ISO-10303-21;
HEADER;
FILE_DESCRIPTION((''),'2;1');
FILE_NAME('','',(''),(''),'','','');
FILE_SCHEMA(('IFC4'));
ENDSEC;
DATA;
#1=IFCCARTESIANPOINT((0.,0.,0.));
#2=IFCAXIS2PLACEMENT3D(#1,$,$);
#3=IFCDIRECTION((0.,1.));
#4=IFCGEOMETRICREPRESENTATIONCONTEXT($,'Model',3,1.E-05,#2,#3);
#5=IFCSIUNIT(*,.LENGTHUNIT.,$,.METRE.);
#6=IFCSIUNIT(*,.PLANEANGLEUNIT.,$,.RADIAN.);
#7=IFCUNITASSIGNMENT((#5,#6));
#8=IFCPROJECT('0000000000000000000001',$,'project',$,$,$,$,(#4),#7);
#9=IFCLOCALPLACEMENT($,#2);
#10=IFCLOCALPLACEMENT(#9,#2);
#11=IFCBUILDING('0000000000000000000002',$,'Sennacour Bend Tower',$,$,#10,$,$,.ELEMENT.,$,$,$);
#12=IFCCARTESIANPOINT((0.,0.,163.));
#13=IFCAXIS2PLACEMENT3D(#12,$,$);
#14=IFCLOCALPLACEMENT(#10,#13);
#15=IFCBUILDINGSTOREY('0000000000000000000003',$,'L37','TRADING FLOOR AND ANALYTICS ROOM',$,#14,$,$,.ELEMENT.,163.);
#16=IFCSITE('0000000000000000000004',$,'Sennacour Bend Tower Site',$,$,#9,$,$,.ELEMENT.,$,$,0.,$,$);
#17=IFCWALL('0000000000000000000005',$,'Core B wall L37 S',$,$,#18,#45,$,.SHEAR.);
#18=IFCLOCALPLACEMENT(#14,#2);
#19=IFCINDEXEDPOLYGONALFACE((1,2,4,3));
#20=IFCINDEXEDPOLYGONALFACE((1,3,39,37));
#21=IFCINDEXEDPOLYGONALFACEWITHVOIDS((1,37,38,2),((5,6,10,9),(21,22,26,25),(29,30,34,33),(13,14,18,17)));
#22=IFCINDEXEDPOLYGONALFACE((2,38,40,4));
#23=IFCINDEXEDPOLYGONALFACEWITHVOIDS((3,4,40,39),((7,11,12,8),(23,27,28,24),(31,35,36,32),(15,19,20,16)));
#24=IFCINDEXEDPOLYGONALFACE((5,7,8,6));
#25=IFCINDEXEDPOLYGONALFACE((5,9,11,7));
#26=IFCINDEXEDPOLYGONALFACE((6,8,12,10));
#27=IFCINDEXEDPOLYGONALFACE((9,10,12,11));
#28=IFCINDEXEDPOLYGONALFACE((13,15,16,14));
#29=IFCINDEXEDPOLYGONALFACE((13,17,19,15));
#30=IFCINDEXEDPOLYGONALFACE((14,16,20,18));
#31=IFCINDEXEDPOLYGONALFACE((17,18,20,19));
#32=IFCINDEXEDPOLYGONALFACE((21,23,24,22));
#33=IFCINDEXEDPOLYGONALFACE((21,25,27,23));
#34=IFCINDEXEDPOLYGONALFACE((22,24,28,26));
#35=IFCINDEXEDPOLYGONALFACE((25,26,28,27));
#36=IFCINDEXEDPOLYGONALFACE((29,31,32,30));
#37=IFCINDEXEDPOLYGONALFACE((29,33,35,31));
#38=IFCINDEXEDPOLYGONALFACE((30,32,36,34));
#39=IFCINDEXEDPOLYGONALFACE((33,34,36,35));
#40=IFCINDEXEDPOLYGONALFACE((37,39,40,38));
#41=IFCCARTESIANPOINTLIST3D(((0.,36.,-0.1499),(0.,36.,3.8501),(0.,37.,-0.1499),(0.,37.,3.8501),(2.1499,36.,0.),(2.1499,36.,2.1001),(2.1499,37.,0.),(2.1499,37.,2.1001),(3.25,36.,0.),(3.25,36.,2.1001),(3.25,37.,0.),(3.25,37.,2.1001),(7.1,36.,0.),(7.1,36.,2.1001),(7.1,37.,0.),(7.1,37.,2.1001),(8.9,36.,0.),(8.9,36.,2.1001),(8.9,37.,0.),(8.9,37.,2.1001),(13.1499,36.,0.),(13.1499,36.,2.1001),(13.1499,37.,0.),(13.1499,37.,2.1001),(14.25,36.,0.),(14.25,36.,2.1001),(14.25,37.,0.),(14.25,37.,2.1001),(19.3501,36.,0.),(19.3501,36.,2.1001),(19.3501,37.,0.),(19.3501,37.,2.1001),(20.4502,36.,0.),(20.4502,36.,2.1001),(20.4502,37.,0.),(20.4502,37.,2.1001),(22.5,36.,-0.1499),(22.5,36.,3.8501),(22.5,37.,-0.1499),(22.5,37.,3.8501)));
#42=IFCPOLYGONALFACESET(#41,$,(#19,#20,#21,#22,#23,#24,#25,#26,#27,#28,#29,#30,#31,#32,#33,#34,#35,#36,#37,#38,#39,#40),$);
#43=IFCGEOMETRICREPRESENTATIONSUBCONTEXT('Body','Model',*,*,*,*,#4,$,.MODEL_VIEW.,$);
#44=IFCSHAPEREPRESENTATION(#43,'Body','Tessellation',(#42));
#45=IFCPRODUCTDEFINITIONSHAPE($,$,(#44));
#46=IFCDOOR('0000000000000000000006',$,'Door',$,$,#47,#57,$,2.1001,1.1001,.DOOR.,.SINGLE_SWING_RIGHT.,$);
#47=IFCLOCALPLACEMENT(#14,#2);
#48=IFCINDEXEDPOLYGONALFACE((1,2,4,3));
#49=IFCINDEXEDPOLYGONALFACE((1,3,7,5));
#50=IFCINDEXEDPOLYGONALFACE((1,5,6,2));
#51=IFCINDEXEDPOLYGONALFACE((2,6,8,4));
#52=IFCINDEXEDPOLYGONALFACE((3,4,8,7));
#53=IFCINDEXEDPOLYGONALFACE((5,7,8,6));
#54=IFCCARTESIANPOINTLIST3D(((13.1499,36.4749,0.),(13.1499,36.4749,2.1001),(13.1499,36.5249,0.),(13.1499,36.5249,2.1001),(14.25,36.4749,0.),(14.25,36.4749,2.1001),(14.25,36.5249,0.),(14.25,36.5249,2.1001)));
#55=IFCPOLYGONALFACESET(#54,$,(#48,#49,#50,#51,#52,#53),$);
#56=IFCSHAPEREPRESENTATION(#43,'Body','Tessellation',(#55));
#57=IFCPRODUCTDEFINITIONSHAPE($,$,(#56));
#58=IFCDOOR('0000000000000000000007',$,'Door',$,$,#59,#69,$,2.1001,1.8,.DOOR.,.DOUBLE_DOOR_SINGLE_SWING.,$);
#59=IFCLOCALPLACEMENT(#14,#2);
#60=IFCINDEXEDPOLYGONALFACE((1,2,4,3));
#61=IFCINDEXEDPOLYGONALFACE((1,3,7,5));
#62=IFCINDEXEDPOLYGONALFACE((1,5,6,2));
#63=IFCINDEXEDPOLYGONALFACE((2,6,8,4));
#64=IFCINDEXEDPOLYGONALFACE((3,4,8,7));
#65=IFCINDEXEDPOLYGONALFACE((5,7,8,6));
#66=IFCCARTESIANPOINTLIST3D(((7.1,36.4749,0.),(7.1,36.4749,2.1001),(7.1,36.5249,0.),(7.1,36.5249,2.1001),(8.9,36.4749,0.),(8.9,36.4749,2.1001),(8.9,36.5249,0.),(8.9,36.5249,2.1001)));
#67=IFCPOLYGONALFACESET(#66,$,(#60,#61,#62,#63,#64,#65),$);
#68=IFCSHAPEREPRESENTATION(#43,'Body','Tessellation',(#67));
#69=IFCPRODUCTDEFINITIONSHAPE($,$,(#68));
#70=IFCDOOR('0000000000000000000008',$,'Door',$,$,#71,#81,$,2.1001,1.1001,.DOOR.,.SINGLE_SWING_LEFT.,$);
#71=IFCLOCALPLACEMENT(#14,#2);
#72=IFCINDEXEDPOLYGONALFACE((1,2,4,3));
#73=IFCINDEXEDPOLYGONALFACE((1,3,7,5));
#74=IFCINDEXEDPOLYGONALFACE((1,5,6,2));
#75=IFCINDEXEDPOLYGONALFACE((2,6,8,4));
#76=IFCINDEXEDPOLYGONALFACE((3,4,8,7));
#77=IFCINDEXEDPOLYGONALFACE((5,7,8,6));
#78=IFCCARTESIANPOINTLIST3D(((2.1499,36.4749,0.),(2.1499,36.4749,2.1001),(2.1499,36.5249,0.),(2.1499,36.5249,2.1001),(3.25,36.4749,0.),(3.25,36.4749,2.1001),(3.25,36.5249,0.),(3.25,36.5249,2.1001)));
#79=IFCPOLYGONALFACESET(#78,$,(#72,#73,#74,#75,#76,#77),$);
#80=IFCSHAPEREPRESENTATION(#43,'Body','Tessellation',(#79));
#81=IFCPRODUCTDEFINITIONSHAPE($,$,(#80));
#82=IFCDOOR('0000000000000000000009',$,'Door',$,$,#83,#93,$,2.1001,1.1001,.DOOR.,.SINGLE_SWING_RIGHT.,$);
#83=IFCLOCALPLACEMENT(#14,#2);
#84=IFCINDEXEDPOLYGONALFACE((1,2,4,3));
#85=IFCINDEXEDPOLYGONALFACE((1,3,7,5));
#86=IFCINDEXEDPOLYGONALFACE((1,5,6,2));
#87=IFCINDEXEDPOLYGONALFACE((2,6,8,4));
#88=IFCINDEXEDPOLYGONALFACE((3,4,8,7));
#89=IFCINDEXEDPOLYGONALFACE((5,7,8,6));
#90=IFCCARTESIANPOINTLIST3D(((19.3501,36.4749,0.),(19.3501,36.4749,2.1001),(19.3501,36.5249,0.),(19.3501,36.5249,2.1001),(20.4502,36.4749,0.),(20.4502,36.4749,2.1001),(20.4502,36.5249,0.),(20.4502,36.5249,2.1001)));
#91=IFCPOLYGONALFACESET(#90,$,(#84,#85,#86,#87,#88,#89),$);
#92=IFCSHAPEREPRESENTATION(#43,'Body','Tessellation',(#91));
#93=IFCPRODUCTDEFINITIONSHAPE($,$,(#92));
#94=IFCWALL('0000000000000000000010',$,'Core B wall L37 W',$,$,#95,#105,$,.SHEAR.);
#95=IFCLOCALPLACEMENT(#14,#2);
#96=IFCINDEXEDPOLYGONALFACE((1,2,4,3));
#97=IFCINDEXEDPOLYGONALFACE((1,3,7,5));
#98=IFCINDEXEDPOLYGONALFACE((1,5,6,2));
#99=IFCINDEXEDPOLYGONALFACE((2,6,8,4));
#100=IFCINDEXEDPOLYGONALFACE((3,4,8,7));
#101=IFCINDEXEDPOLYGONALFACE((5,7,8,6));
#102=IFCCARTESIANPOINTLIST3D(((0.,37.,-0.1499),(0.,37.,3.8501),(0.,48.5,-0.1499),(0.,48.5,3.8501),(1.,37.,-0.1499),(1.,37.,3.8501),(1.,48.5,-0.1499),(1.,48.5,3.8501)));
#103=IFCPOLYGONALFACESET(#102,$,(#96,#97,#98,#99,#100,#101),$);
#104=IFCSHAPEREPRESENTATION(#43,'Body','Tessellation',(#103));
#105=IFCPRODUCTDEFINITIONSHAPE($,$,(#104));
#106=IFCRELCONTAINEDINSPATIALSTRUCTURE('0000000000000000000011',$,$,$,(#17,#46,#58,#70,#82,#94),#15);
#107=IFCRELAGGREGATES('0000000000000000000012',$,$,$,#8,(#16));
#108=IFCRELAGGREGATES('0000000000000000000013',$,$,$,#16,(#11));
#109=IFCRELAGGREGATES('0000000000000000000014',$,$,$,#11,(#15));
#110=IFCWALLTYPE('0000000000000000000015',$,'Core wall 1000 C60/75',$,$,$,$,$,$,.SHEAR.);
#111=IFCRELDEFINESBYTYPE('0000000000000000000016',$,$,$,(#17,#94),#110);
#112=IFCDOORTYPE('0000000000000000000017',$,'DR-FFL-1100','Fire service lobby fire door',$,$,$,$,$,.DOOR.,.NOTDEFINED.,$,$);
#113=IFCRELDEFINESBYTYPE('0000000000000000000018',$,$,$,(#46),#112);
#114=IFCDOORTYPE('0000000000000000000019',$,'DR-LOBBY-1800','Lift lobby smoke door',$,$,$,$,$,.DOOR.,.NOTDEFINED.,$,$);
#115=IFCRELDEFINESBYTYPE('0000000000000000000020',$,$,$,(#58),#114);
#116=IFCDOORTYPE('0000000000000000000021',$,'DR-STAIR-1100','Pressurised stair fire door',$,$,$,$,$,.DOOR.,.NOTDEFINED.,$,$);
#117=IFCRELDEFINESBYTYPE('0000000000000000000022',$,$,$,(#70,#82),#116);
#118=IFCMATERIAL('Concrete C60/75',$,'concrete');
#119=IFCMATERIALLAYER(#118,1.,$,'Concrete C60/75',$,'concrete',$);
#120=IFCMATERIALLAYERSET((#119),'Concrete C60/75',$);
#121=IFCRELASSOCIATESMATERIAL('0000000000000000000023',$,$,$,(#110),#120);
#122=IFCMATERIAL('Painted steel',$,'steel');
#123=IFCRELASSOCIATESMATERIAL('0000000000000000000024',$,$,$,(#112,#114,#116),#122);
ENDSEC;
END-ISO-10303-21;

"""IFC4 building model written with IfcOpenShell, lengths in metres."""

from ifc_helpers import new_model, si_unit, direction, frame, frame_2d, origin, place, context, subcontext, project, spatial, rectangle, extrude, material, layer, layer_set, type_object, element, fill, save


model = new_model("IFC4")

# Units and contexts
model_context = context("Model", 3, precision=1e-05, world=origin(), true_north=direction((0.0, 1.0)))
body_context = subcontext(model_context, "Body", "Model", "MODEL_VIEW")
ifc_project = project(units=[si_unit("LENGTHUNIT", "METRE"), si_unit("PLANEANGLEUNIT", "RADIAN")], contexts=[model_context])

# Site, building, storey
site_placement = place(None, origin())
site = spatial("IfcSite", under=ifc_project, at=site_placement, Name="Sennacour Bend Tower Site", CompositionType="ELEMENT", RefElevation=0.0)
building_placement = place(site_placement, origin())
building = spatial("IfcBuilding", under=site, at=building_placement, Name="Sennacour Bend Tower", CompositionType="ELEMENT")
storey_placement = place(building_placement, frame((0.0, 0.0, 163.0)))
storey = spatial("IfcBuildingStorey", under=building, at=storey_placement, Name="L37", Description="TRADING FLOOR AND ANALYTICS ROOM", CompositionType="ELEMENT", Elevation=163.0)

# Wall, openings, doors
ifc_material_1 = material(Name="Concrete C60/75", Category="concrete")
ifc_layer_1 = layer(ifc_material_1, 1.0, Name="Concrete C60/75", Category="concrete")
ifc_layer_set_1 = layer_set([ifc_layer_1], Name="Concrete C60/75")
wall_type_1 = type_object("IfcWallType", Name="Core wall 1000 C60/75", PredefinedType="SHEAR", material=ifc_layer_set_1)
wall_1_placement = place(storey_placement, frame((0.0, 36.5, -0.1499), z_axis=(0.0, 0.0, 1.0), x_axis=(1.0, 0.0, 0.0)))
wall_1 = element("IfcWall", 1, at=wall_1_placement, inside=storey, type_object=wall_type_1, Name="Core B wall L37 S", PredefinedType="SHEAR", context=body_context, shape_type="SweptSolid", body=[
    extrude(rectangle(XDim=22.5, YDim=1.0, at=frame_2d((11.25, 0.0))), origin(), (0.0, 0.0, 1.0), 4.0),
])
opening_1_placement = place(wall_1_placement, frame((7.1001, 0.0, 0.1499)))
opening_1 = element("IfcOpeningElement", 2, at=opening_1_placement, cuts=wall_1, PredefinedType="OPENING", context=body_context, shape_type="SweptSolid", body=[
    extrude(rectangle(XDim=1.8, YDim=2.1001, at=frame_2d((0.8999, 1.05))), frame((0.0, 0.51, 0.0), z_axis=(0.0, -1.0, 0.0), x_axis=(1.0, 0.0, 0.0)), (0.0, 0.0, 1.0), 1.02),
])
opening_2_placement = place(wall_1_placement, frame((13.1499, 0.0, 0.1499)))
opening_2 = element("IfcOpeningElement", 3, at=opening_2_placement, cuts=wall_1, PredefinedType="OPENING", context=body_context, shape_type="SweptSolid", body=[
    extrude(rectangle(XDim=1.1001, YDim=2.1001, at=frame_2d((0.55, 1.05))), frame((0.0, 0.51, 0.0), z_axis=(0.0, -1.0, 0.0), x_axis=(1.0, 0.0, 0.0)), (0.0, 0.0, 1.0), 1.02),
])
opening_3_placement = place(wall_1_placement, frame((2.1499, 0.0, 0.1499)))
opening_3 = element("IfcOpeningElement", 4, at=opening_3_placement, cuts=wall_1, PredefinedType="OPENING", context=body_context, shape_type="SweptSolid", body=[
    extrude(rectangle(XDim=1.1001, YDim=2.1001, at=frame_2d((0.55, 1.05))), frame((0.0, 0.51, 0.0), z_axis=(0.0, -1.0, 0.0), x_axis=(1.0, 0.0, 0.0)), (0.0, 0.0, 1.0), 1.02),
])
opening_4_placement = place(wall_1_placement, frame((19.3501, 0.0, 0.1499)))
opening_4 = element("IfcOpeningElement", 5, at=opening_4_placement, cuts=wall_1, PredefinedType="OPENING", context=body_context, shape_type="SweptSolid", body=[
    extrude(rectangle(XDim=1.1001, YDim=2.1001, at=frame_2d((0.55, 1.05))), frame((0.0, 0.51, 0.0), z_axis=(0.0, -1.0, 0.0), x_axis=(1.0, 0.0, 0.0)), (0.0, 0.0, 1.0), 1.02),
])
ifc_material_2 = material(Name="Painted steel", Category="steel")
door_type_1 = type_object("IfcDoorType", Name="DR-FFL-1100", Description="Fire service lobby fire door", OperationType="NOTDEFINED", PredefinedType="DOOR", material=ifc_material_2)
door_1_placement = place(opening_2_placement, origin())
door_1 = element("IfcDoor", 6, at=door_1_placement, inside=storey, type_object=door_type_1, Name="Door", OperationType="SINGLE_SWING_RIGHT", OverallHeight=2.1001, OverallWidth=1.1001, PredefinedType="DOOR", context=body_context, shape_type="SweptSolid", body=[
    extrude(rectangle(XDim=1.1001, YDim=2.1001, at=frame_2d((0.55, 1.05))), frame((0.0, 0.0249, 0.0), z_axis=(0.0, -1.0, 0.0), x_axis=(1.0, 0.0, 0.0)), (0.0, 0.0, 1.0), 0.05),
])
fill(opening_2, door_1)
door_type_2 = type_object("IfcDoorType", Name="DR-LOBBY-1800", Description="Lift lobby smoke door", OperationType="NOTDEFINED", PredefinedType="DOOR", material=ifc_material_2)
door_2_placement = place(opening_1_placement, origin())
door_2 = element("IfcDoor", 7, at=door_2_placement, inside=storey, type_object=door_type_2, Name="Door", OperationType="DOUBLE_DOOR_SINGLE_SWING", OverallHeight=2.1001, OverallWidth=1.8, PredefinedType="DOOR", context=body_context, shape_type="SweptSolid", body=[
    extrude(rectangle(XDim=1.8, YDim=2.1001, at=frame_2d((0.8999, 1.05))), frame((0.0, 0.0249, 0.0), z_axis=(0.0, -1.0, 0.0), x_axis=(1.0, 0.0, 0.0)), (0.0, 0.0, 1.0), 0.05),
])
fill(opening_1, door_2)
door_type_3 = type_object("IfcDoorType", Name="DR-STAIR-1100", Description="Pressurised stair fire door", OperationType="NOTDEFINED", PredefinedType="DOOR", material=ifc_material_2)
door_3_placement = place(opening_3_placement, origin())
door_3 = element("IfcDoor", 8, at=door_3_placement, inside=storey, type_object=door_type_3, Name="Door", OperationType="SINGLE_SWING_LEFT", OverallHeight=2.1001, OverallWidth=1.1001, PredefinedType="DOOR", context=body_context, shape_type="SweptSolid", body=[
    extrude(rectangle(XDim=1.1001, YDim=2.1001, at=frame_2d((0.55, 1.05))), frame((0.0, 0.0249, 0.0), z_axis=(0.0, -1.0, 0.0), x_axis=(1.0, 0.0, 0.0)), (0.0, 0.0, 1.0), 0.05),
])
fill(opening_3, door_3)
door_4_placement = place(opening_4_placement, origin())
door_4 = element("IfcDoor", 9, at=door_4_placement, inside=storey, type_object=door_type_3, Name="Door", OperationType="SINGLE_SWING_RIGHT", OverallHeight=2.1001, OverallWidth=1.1001, PredefinedType="DOOR", context=body_context, shape_type="SweptSolid", body=[
    extrude(rectangle(XDim=1.1001, YDim=2.1001, at=frame_2d((0.55, 1.05))), frame((0.0, 0.0249, 0.0), z_axis=(0.0, -1.0, 0.0), x_axis=(1.0, 0.0, 0.0)), (0.0, 0.0, 1.0), 0.05),
])
fill(opening_4, door_4)

# Wall
wall_2_placement = place(storey_placement, frame((0.5, 37.0, -0.1499), z_axis=(0.0, 0.0, 1.0), x_axis=(0.0, 1.0, 0.0)))
element("IfcWall", 10, at=wall_2_placement, inside=storey, type_object=wall_type_1, Name="Core B wall L37 W", PredefinedType="SHEAR", context=body_context, shape_type="SweptSolid", body=[
    extrude(rectangle(XDim=11.5, YDim=1.0, at=frame_2d((5.75, 0.0))), origin(), (0.0, 0.0, 1.0), 4.0),
])

save(model, "model.ifc")
